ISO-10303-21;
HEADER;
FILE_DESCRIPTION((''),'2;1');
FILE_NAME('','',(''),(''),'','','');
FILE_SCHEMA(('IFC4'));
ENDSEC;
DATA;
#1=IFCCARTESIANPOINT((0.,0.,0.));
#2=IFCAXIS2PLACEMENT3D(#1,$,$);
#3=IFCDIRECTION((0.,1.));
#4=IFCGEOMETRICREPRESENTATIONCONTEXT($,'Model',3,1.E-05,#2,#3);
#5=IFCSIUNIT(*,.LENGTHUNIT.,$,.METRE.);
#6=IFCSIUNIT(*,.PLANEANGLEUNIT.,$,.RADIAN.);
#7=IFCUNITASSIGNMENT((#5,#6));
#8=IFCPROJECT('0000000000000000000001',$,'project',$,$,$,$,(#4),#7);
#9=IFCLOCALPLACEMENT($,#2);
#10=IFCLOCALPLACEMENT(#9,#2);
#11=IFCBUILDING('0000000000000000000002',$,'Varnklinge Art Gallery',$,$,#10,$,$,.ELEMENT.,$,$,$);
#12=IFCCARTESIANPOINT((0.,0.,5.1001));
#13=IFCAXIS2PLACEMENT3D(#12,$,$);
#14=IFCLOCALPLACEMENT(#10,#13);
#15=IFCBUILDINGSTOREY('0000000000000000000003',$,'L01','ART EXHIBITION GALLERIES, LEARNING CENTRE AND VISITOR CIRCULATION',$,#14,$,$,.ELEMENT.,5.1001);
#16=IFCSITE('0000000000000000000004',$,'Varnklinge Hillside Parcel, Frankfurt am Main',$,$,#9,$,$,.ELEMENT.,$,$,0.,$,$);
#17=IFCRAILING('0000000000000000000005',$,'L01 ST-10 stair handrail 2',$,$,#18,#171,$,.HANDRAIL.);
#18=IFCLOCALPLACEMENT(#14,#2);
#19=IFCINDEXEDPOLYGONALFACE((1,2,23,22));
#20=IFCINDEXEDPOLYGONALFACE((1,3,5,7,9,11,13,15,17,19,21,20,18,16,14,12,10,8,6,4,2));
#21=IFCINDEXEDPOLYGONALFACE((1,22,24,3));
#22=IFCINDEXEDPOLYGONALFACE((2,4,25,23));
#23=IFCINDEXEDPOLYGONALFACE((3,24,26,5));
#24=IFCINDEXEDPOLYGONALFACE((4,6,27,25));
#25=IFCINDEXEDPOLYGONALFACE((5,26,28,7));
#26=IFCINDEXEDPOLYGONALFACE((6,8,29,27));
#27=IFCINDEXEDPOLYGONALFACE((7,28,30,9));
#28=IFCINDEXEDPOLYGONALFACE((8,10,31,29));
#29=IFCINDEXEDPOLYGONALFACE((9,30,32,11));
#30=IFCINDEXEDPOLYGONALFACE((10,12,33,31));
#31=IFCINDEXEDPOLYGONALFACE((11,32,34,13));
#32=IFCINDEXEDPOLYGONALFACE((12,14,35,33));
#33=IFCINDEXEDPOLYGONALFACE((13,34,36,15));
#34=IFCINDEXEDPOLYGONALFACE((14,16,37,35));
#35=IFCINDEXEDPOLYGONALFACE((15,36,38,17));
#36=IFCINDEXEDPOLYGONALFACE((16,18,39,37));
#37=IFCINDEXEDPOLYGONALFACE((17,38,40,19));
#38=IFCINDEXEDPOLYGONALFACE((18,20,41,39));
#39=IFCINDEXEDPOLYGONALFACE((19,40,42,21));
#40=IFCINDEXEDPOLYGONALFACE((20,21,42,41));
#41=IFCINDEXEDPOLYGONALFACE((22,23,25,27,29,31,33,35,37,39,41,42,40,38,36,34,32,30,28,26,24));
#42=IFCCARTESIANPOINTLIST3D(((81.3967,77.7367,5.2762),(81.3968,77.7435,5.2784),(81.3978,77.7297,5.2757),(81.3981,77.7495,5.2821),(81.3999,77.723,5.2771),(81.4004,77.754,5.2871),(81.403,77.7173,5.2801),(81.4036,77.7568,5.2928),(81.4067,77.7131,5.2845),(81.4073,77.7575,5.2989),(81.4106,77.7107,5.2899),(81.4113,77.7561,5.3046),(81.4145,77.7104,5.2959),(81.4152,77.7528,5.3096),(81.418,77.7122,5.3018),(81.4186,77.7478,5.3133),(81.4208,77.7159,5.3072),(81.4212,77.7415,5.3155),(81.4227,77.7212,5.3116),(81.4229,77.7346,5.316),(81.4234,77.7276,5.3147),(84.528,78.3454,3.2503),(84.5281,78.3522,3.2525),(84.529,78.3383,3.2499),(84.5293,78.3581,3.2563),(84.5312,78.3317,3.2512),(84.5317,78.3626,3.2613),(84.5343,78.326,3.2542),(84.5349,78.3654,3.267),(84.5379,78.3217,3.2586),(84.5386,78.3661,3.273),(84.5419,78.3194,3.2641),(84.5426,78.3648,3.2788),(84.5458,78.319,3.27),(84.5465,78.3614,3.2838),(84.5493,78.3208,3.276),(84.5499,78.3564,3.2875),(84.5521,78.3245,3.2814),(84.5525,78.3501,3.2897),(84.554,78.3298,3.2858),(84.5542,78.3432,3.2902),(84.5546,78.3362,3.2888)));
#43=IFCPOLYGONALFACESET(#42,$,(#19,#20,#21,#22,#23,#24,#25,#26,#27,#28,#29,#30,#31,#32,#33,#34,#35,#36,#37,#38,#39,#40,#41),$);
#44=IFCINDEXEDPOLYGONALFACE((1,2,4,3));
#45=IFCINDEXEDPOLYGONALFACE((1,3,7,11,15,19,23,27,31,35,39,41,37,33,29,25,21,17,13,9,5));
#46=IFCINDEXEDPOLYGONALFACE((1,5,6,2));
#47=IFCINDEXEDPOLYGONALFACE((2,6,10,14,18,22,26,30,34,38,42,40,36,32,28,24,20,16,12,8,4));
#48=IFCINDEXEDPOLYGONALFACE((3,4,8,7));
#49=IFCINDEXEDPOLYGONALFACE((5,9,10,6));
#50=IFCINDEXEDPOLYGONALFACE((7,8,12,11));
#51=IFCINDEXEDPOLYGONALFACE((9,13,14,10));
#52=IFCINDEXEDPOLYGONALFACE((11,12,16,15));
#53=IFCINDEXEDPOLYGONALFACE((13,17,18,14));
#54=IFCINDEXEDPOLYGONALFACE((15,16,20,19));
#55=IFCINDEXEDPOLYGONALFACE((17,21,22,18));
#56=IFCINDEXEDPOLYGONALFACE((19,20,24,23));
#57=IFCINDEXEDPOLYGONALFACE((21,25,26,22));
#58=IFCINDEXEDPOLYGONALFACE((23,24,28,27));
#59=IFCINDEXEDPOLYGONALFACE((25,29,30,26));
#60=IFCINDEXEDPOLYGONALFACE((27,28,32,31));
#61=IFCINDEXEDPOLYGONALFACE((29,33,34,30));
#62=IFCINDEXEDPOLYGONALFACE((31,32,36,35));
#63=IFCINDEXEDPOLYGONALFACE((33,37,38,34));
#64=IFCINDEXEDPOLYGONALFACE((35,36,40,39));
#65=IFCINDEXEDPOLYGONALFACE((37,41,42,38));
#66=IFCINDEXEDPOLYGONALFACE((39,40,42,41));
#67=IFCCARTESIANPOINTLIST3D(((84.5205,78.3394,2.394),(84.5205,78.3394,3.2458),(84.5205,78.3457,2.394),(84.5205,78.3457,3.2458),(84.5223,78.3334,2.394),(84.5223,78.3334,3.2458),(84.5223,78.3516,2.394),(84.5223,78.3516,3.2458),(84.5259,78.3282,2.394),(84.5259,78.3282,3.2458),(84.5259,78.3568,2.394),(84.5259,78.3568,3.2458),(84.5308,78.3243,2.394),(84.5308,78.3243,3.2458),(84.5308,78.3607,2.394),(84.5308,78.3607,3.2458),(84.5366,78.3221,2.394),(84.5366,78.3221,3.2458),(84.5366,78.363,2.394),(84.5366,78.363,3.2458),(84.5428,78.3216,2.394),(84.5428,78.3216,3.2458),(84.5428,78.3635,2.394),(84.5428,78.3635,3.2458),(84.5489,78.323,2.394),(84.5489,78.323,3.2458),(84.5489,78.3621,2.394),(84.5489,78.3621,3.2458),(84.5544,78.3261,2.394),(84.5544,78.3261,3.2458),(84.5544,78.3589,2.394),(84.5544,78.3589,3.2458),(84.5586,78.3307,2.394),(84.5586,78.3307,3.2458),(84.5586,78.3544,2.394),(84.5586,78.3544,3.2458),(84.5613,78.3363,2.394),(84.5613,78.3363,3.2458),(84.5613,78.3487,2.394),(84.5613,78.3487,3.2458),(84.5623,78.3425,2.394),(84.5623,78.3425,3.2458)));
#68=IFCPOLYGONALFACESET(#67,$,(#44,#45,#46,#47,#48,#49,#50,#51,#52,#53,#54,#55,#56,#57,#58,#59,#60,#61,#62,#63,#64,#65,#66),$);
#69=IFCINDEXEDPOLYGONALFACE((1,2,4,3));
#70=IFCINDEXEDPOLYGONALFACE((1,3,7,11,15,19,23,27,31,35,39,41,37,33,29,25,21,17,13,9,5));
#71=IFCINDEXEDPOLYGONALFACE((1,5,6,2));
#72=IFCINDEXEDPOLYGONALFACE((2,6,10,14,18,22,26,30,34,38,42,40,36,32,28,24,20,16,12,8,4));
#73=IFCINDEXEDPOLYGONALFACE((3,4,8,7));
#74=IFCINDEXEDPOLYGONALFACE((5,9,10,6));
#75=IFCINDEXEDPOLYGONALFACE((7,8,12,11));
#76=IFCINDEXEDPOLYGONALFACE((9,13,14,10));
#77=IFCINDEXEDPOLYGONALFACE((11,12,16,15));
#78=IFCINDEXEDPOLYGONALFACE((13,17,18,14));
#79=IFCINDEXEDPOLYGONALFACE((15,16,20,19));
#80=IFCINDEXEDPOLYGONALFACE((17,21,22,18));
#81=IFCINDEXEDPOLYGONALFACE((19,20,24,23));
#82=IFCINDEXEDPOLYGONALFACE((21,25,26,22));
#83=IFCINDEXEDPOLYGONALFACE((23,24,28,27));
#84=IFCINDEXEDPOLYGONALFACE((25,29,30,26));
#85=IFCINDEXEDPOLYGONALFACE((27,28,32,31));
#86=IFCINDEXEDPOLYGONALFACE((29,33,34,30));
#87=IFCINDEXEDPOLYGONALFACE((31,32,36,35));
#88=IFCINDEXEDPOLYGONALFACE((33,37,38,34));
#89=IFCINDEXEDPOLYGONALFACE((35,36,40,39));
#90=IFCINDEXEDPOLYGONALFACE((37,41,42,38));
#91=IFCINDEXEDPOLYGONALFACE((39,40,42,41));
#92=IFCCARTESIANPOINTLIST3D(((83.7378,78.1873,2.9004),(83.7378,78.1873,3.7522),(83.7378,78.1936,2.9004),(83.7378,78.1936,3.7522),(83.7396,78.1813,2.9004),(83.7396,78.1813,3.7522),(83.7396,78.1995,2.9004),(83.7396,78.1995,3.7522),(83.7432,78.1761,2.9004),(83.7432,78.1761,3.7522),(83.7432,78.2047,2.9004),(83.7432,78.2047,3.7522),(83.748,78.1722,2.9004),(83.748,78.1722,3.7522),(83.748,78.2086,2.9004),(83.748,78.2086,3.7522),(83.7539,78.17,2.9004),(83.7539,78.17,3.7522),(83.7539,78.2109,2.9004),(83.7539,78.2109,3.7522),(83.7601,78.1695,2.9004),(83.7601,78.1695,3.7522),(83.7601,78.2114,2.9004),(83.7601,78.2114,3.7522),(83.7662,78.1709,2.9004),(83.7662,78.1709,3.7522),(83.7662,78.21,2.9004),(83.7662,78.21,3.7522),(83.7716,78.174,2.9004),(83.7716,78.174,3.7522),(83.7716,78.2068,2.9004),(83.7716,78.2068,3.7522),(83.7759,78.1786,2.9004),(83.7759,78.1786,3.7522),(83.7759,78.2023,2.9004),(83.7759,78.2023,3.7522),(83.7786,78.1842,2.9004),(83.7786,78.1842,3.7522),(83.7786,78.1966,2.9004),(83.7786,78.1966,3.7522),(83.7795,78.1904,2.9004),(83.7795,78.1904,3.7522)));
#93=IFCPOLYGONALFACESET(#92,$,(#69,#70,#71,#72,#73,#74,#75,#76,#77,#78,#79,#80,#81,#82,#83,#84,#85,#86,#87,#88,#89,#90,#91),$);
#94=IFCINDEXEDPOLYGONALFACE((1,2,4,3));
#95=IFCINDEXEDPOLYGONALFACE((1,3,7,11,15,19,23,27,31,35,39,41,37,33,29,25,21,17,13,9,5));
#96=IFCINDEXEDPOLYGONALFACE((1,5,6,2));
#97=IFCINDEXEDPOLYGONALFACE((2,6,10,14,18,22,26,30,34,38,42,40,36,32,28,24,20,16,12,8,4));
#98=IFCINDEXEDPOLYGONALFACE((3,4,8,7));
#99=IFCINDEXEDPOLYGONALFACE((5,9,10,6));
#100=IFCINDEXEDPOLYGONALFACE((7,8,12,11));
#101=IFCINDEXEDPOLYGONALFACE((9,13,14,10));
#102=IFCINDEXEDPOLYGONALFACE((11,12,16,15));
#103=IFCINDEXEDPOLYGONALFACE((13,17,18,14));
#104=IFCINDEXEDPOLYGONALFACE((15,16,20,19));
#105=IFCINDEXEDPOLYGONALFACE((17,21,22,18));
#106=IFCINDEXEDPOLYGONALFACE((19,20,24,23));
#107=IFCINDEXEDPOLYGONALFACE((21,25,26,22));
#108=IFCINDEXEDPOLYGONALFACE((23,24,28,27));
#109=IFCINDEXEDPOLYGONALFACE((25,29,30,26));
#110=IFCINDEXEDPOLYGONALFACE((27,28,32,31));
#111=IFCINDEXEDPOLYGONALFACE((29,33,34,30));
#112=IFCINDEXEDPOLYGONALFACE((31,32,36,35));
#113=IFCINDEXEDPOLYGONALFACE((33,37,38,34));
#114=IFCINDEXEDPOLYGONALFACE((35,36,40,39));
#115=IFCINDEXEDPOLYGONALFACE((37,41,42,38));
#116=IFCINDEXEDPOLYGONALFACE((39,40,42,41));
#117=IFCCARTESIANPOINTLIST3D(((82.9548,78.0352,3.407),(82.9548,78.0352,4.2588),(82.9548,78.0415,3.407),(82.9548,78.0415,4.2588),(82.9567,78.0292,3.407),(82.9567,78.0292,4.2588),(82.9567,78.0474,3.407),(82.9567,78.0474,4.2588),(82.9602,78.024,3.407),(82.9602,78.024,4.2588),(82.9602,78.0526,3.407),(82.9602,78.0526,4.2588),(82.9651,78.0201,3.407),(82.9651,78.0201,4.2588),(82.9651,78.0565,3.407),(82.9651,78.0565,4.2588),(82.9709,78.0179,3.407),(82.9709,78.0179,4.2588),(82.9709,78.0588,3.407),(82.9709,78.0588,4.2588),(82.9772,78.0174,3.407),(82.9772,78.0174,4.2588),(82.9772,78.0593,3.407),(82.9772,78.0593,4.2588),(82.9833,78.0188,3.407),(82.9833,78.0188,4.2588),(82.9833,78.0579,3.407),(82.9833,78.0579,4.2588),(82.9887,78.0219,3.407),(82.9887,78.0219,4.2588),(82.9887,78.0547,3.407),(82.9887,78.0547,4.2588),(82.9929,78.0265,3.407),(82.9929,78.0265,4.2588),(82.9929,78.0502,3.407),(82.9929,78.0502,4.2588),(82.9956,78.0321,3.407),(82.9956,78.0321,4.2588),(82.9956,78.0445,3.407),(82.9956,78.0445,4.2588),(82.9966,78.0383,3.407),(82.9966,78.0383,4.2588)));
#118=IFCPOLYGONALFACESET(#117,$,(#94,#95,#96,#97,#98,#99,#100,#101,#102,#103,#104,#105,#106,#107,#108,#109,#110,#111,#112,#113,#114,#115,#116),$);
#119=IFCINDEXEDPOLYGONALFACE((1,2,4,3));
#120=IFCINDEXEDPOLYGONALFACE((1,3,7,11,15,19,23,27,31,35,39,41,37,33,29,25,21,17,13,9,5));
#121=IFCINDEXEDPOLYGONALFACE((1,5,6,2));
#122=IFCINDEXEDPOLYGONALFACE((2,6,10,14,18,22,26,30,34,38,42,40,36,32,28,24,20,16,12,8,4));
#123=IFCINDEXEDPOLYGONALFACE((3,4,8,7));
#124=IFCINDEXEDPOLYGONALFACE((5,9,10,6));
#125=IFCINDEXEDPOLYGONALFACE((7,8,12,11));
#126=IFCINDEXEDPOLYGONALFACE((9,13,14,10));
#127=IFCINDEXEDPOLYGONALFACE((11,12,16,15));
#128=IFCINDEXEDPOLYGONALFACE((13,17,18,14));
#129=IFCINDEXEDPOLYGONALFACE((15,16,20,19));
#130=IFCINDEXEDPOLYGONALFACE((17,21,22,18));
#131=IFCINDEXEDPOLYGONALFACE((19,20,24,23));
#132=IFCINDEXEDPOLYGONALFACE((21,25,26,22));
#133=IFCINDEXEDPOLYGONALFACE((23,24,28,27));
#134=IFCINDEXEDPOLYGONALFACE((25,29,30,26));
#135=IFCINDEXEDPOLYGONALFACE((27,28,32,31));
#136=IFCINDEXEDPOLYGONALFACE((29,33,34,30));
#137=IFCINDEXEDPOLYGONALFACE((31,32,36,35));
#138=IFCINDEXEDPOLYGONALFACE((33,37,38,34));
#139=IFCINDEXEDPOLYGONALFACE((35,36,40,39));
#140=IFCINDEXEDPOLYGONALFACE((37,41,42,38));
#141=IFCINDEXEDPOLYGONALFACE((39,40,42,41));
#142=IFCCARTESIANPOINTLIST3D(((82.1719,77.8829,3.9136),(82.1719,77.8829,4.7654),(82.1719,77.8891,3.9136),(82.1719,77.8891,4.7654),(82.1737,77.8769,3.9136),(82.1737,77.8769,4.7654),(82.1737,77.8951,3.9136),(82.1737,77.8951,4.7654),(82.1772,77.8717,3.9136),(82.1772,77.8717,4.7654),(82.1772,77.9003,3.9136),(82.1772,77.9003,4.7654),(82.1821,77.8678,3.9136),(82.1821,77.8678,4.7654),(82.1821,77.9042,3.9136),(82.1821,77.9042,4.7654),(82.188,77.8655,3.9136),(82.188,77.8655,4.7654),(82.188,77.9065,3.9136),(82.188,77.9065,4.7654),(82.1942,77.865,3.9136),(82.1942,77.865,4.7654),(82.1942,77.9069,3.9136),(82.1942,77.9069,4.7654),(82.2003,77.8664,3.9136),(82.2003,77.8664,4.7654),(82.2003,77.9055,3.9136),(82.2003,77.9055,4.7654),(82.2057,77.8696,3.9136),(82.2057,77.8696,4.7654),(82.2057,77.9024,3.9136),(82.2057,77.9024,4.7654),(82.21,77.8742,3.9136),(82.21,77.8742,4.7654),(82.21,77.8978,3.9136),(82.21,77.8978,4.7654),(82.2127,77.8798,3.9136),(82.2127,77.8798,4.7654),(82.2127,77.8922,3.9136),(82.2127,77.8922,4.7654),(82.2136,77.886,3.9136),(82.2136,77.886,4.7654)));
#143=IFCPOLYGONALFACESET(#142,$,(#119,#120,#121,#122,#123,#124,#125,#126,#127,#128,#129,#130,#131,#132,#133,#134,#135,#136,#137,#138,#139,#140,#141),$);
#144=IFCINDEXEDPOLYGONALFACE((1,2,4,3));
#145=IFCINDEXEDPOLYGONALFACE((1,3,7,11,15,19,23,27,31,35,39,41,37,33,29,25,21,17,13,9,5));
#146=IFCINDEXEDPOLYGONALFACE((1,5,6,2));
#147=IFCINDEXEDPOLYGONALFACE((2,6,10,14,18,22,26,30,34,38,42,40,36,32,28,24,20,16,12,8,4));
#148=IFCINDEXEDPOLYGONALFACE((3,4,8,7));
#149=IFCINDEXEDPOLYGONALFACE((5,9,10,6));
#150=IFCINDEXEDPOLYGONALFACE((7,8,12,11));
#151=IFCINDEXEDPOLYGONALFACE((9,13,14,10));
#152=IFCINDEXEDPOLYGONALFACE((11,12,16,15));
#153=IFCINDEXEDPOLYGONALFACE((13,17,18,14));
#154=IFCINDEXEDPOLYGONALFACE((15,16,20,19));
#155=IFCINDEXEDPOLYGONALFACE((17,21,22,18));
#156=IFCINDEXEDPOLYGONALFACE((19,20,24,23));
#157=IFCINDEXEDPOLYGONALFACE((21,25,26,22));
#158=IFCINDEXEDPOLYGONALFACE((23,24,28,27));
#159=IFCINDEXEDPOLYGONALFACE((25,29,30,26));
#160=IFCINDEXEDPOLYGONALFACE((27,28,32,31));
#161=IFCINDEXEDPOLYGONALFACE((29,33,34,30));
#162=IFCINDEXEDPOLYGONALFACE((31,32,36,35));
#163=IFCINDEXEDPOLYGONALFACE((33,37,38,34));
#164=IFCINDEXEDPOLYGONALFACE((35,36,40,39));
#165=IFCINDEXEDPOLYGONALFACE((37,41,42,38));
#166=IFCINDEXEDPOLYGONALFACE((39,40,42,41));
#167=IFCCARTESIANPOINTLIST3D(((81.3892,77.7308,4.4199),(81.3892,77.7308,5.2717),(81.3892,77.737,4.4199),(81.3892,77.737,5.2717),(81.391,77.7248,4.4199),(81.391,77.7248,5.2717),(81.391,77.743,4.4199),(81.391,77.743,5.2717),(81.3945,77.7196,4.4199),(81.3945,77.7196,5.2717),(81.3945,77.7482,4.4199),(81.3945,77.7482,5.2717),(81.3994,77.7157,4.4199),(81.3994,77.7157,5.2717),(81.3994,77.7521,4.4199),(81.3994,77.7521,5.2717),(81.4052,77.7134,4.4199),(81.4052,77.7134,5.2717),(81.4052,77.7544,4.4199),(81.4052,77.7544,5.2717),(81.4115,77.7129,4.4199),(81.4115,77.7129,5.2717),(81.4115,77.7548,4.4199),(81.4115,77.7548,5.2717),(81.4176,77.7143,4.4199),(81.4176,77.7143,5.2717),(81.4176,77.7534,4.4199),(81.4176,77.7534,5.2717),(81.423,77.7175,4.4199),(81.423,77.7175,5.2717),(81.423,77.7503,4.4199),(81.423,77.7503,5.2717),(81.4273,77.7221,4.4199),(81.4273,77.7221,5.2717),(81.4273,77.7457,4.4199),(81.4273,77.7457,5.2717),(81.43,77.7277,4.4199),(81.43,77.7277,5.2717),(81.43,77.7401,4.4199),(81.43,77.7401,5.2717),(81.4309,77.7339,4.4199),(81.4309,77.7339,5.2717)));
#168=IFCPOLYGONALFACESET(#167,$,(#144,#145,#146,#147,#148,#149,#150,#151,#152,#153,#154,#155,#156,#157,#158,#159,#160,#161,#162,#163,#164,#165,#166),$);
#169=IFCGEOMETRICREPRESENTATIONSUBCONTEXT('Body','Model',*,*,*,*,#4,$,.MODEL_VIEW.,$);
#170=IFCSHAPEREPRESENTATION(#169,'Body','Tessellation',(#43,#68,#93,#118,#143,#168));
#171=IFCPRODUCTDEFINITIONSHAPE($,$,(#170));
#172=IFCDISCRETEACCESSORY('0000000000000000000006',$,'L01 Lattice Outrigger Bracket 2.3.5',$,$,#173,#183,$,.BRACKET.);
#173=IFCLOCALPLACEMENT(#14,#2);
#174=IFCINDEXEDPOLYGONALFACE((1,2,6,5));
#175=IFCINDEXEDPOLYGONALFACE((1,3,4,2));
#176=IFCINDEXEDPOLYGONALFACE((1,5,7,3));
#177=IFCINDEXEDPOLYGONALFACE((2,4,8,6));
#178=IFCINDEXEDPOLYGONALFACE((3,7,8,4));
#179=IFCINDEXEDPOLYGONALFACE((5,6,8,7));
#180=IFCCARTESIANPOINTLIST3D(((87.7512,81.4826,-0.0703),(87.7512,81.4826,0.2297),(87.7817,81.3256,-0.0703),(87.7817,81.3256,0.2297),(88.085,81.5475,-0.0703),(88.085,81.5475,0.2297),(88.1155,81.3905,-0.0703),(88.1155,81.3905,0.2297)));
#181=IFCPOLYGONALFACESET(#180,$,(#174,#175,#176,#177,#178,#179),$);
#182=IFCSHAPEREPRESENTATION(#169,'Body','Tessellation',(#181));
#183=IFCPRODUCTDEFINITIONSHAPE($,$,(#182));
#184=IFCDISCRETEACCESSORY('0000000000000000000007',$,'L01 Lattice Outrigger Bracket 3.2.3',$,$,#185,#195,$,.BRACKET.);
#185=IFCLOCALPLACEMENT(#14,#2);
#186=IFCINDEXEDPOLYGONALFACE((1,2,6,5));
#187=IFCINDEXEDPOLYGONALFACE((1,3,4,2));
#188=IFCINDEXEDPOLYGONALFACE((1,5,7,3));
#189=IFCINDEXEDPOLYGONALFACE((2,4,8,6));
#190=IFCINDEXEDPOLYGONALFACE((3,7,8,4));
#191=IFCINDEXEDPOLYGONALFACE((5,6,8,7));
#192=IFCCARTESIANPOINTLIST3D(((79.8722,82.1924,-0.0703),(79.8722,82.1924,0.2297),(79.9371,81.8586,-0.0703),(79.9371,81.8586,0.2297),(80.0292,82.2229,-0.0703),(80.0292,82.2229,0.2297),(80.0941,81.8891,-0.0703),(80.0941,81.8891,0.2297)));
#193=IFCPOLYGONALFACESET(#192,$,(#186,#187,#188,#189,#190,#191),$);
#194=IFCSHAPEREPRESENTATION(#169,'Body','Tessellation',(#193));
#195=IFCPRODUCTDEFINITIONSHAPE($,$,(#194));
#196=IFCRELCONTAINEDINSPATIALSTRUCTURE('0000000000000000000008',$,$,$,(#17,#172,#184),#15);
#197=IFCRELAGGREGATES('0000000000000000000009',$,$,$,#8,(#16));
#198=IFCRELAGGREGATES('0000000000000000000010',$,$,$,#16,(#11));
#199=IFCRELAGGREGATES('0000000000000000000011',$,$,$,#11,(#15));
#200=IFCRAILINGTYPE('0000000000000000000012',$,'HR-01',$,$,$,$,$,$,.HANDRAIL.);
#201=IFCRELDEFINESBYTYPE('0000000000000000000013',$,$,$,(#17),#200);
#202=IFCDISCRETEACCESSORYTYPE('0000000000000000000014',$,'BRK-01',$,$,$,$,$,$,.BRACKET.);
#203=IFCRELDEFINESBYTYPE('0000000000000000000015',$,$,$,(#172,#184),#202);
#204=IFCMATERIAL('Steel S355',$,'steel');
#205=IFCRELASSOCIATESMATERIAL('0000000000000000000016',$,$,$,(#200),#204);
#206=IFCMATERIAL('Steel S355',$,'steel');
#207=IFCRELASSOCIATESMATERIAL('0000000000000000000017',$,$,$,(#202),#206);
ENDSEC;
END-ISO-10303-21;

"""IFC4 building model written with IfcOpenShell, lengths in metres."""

from ifc_helpers import new_model, si_unit, direction, frame, origin, origin_2d, place, context, subcontext, project, spatial, rectangle, circle, extrude, material, type_object, element, save


model = new_model("IFC4")

# Units and contexts
model_context = context("Model", 3, precision=1e-05, world=origin(), true_north=direction((0.0, 1.0)))
body_context = subcontext(model_context, "Body", "Model", "MODEL_VIEW")
ifc_project = project(units=[si_unit("LENGTHUNIT", "METRE"), si_unit("PLANEANGLEUNIT", "RADIAN")], contexts=[model_context])

# Site, building, storey
site_placement = place(None, origin())
site = spatial("IfcSite", under=ifc_project, at=site_placement, Name="Varnklinge Hillside Parcel, Frankfurt am Main", CompositionType="ELEMENT", RefElevation=0.0)
building_placement = place(site_placement, origin())
building = spatial("IfcBuilding", under=site, at=building_placement, Name="Varnklinge Art Gallery", CompositionType="ELEMENT")
storey_placement = place(building_placement, frame((0.0, 0.0, 5.1001)))
storey = spatial("IfcBuildingStorey", under=building, at=storey_placement, Name="L01", Description="ART EXHIBITION GALLERIES, LEARNING CENTRE AND VISITOR CIRCULATION", CompositionType="ELEMENT", Elevation=5.1001)

# Railing
ifc_material_1 = material(Name="Steel S355", Category="steel")
railing_type_1 = type_object("IfcRailingType", Name="HR-01", PredefinedType="HANDRAIL", material=ifc_material_1)
railing_1_placement = place(storey_placement, frame((84.5413, 78.3425, 2.394)))
element("IfcRailing", 1, at=railing_1_placement, inside=storey, type_object=railing_type_1, Name="L01 ST-10 stair handrail 2", PredefinedType="HANDRAIL", context=body_context, shape_type="SweptSolid", body=[
    extrude(circle(Radius=0.0239, at=origin_2d()), frame((0.0, 0.0, 0.876), z_axis=(-0.828643, -0.161064, 0.536105), x_axis=(0.1908, -0.981629, 0.0)), (0.0, 0.0, 1.0), 3.7788),
    extrude(circle(Radius=0.021, at=origin_2d()), origin(), (0.0, 0.0, 1.0), 0.8518),
    extrude(circle(Radius=0.021, at=origin_2d()), frame((-0.7827, -0.1521, 0.5063)), (0.0, 0.0, 1.0), 0.8518),
    extrude(circle(Radius=0.021, at=origin_2d()), frame((-1.5657, -0.3042, 1.0129)), (0.0, 0.0, 1.0), 0.8518),
    extrude(circle(Radius=0.021, at=origin_2d()), frame((-2.3486, -0.4565, 1.5195)), (0.0, 0.0, 1.0), 0.8518),
    extrude(circle(Radius=0.021, at=origin_2d()), frame((-3.1313, -0.6086, 2.0259)), (0.0, 0.0, 1.0), 0.8518),
])

# Discrete accessories
ifc_material_2 = material(Name="Steel S355", Category="steel")
discrete_accessory_type = type_object("IfcDiscreteAccessoryType", Name="BRK-01", PredefinedType="BRACKET", material=ifc_material_2)
for number, where, z_axis, x_axis, name in (
    (2, (87.9333, 81.4365, -0.0703), (0.0, 0.0, 1.0), (-0.190809, 0.981627, 0.0), "L01 Lattice Outrigger Bracket 2.3.5"),
    (3, (79.9832, 82.0408, -0.0703), (0.0, 0.0, 1.0), (-0.981627, -0.190809, 0.0), "L01 Lattice Outrigger Bracket 3.2.3"),
):
    element("IfcDiscreteAccessory", number, at=place(storey_placement, frame(where, z_axis=z_axis, x_axis=x_axis)), inside=storey, type_object=discrete_accessory_type, Name=name, PredefinedType="BRACKET", context=body_context, shape_type="SweptSolid", body=[
        extrude(rectangle(XDim=0.1599, YDim=0.3401, at=origin_2d()), origin(), (0.0, 0.0, 1.0), 0.3),
    ])

save(model, "model.ifc")
